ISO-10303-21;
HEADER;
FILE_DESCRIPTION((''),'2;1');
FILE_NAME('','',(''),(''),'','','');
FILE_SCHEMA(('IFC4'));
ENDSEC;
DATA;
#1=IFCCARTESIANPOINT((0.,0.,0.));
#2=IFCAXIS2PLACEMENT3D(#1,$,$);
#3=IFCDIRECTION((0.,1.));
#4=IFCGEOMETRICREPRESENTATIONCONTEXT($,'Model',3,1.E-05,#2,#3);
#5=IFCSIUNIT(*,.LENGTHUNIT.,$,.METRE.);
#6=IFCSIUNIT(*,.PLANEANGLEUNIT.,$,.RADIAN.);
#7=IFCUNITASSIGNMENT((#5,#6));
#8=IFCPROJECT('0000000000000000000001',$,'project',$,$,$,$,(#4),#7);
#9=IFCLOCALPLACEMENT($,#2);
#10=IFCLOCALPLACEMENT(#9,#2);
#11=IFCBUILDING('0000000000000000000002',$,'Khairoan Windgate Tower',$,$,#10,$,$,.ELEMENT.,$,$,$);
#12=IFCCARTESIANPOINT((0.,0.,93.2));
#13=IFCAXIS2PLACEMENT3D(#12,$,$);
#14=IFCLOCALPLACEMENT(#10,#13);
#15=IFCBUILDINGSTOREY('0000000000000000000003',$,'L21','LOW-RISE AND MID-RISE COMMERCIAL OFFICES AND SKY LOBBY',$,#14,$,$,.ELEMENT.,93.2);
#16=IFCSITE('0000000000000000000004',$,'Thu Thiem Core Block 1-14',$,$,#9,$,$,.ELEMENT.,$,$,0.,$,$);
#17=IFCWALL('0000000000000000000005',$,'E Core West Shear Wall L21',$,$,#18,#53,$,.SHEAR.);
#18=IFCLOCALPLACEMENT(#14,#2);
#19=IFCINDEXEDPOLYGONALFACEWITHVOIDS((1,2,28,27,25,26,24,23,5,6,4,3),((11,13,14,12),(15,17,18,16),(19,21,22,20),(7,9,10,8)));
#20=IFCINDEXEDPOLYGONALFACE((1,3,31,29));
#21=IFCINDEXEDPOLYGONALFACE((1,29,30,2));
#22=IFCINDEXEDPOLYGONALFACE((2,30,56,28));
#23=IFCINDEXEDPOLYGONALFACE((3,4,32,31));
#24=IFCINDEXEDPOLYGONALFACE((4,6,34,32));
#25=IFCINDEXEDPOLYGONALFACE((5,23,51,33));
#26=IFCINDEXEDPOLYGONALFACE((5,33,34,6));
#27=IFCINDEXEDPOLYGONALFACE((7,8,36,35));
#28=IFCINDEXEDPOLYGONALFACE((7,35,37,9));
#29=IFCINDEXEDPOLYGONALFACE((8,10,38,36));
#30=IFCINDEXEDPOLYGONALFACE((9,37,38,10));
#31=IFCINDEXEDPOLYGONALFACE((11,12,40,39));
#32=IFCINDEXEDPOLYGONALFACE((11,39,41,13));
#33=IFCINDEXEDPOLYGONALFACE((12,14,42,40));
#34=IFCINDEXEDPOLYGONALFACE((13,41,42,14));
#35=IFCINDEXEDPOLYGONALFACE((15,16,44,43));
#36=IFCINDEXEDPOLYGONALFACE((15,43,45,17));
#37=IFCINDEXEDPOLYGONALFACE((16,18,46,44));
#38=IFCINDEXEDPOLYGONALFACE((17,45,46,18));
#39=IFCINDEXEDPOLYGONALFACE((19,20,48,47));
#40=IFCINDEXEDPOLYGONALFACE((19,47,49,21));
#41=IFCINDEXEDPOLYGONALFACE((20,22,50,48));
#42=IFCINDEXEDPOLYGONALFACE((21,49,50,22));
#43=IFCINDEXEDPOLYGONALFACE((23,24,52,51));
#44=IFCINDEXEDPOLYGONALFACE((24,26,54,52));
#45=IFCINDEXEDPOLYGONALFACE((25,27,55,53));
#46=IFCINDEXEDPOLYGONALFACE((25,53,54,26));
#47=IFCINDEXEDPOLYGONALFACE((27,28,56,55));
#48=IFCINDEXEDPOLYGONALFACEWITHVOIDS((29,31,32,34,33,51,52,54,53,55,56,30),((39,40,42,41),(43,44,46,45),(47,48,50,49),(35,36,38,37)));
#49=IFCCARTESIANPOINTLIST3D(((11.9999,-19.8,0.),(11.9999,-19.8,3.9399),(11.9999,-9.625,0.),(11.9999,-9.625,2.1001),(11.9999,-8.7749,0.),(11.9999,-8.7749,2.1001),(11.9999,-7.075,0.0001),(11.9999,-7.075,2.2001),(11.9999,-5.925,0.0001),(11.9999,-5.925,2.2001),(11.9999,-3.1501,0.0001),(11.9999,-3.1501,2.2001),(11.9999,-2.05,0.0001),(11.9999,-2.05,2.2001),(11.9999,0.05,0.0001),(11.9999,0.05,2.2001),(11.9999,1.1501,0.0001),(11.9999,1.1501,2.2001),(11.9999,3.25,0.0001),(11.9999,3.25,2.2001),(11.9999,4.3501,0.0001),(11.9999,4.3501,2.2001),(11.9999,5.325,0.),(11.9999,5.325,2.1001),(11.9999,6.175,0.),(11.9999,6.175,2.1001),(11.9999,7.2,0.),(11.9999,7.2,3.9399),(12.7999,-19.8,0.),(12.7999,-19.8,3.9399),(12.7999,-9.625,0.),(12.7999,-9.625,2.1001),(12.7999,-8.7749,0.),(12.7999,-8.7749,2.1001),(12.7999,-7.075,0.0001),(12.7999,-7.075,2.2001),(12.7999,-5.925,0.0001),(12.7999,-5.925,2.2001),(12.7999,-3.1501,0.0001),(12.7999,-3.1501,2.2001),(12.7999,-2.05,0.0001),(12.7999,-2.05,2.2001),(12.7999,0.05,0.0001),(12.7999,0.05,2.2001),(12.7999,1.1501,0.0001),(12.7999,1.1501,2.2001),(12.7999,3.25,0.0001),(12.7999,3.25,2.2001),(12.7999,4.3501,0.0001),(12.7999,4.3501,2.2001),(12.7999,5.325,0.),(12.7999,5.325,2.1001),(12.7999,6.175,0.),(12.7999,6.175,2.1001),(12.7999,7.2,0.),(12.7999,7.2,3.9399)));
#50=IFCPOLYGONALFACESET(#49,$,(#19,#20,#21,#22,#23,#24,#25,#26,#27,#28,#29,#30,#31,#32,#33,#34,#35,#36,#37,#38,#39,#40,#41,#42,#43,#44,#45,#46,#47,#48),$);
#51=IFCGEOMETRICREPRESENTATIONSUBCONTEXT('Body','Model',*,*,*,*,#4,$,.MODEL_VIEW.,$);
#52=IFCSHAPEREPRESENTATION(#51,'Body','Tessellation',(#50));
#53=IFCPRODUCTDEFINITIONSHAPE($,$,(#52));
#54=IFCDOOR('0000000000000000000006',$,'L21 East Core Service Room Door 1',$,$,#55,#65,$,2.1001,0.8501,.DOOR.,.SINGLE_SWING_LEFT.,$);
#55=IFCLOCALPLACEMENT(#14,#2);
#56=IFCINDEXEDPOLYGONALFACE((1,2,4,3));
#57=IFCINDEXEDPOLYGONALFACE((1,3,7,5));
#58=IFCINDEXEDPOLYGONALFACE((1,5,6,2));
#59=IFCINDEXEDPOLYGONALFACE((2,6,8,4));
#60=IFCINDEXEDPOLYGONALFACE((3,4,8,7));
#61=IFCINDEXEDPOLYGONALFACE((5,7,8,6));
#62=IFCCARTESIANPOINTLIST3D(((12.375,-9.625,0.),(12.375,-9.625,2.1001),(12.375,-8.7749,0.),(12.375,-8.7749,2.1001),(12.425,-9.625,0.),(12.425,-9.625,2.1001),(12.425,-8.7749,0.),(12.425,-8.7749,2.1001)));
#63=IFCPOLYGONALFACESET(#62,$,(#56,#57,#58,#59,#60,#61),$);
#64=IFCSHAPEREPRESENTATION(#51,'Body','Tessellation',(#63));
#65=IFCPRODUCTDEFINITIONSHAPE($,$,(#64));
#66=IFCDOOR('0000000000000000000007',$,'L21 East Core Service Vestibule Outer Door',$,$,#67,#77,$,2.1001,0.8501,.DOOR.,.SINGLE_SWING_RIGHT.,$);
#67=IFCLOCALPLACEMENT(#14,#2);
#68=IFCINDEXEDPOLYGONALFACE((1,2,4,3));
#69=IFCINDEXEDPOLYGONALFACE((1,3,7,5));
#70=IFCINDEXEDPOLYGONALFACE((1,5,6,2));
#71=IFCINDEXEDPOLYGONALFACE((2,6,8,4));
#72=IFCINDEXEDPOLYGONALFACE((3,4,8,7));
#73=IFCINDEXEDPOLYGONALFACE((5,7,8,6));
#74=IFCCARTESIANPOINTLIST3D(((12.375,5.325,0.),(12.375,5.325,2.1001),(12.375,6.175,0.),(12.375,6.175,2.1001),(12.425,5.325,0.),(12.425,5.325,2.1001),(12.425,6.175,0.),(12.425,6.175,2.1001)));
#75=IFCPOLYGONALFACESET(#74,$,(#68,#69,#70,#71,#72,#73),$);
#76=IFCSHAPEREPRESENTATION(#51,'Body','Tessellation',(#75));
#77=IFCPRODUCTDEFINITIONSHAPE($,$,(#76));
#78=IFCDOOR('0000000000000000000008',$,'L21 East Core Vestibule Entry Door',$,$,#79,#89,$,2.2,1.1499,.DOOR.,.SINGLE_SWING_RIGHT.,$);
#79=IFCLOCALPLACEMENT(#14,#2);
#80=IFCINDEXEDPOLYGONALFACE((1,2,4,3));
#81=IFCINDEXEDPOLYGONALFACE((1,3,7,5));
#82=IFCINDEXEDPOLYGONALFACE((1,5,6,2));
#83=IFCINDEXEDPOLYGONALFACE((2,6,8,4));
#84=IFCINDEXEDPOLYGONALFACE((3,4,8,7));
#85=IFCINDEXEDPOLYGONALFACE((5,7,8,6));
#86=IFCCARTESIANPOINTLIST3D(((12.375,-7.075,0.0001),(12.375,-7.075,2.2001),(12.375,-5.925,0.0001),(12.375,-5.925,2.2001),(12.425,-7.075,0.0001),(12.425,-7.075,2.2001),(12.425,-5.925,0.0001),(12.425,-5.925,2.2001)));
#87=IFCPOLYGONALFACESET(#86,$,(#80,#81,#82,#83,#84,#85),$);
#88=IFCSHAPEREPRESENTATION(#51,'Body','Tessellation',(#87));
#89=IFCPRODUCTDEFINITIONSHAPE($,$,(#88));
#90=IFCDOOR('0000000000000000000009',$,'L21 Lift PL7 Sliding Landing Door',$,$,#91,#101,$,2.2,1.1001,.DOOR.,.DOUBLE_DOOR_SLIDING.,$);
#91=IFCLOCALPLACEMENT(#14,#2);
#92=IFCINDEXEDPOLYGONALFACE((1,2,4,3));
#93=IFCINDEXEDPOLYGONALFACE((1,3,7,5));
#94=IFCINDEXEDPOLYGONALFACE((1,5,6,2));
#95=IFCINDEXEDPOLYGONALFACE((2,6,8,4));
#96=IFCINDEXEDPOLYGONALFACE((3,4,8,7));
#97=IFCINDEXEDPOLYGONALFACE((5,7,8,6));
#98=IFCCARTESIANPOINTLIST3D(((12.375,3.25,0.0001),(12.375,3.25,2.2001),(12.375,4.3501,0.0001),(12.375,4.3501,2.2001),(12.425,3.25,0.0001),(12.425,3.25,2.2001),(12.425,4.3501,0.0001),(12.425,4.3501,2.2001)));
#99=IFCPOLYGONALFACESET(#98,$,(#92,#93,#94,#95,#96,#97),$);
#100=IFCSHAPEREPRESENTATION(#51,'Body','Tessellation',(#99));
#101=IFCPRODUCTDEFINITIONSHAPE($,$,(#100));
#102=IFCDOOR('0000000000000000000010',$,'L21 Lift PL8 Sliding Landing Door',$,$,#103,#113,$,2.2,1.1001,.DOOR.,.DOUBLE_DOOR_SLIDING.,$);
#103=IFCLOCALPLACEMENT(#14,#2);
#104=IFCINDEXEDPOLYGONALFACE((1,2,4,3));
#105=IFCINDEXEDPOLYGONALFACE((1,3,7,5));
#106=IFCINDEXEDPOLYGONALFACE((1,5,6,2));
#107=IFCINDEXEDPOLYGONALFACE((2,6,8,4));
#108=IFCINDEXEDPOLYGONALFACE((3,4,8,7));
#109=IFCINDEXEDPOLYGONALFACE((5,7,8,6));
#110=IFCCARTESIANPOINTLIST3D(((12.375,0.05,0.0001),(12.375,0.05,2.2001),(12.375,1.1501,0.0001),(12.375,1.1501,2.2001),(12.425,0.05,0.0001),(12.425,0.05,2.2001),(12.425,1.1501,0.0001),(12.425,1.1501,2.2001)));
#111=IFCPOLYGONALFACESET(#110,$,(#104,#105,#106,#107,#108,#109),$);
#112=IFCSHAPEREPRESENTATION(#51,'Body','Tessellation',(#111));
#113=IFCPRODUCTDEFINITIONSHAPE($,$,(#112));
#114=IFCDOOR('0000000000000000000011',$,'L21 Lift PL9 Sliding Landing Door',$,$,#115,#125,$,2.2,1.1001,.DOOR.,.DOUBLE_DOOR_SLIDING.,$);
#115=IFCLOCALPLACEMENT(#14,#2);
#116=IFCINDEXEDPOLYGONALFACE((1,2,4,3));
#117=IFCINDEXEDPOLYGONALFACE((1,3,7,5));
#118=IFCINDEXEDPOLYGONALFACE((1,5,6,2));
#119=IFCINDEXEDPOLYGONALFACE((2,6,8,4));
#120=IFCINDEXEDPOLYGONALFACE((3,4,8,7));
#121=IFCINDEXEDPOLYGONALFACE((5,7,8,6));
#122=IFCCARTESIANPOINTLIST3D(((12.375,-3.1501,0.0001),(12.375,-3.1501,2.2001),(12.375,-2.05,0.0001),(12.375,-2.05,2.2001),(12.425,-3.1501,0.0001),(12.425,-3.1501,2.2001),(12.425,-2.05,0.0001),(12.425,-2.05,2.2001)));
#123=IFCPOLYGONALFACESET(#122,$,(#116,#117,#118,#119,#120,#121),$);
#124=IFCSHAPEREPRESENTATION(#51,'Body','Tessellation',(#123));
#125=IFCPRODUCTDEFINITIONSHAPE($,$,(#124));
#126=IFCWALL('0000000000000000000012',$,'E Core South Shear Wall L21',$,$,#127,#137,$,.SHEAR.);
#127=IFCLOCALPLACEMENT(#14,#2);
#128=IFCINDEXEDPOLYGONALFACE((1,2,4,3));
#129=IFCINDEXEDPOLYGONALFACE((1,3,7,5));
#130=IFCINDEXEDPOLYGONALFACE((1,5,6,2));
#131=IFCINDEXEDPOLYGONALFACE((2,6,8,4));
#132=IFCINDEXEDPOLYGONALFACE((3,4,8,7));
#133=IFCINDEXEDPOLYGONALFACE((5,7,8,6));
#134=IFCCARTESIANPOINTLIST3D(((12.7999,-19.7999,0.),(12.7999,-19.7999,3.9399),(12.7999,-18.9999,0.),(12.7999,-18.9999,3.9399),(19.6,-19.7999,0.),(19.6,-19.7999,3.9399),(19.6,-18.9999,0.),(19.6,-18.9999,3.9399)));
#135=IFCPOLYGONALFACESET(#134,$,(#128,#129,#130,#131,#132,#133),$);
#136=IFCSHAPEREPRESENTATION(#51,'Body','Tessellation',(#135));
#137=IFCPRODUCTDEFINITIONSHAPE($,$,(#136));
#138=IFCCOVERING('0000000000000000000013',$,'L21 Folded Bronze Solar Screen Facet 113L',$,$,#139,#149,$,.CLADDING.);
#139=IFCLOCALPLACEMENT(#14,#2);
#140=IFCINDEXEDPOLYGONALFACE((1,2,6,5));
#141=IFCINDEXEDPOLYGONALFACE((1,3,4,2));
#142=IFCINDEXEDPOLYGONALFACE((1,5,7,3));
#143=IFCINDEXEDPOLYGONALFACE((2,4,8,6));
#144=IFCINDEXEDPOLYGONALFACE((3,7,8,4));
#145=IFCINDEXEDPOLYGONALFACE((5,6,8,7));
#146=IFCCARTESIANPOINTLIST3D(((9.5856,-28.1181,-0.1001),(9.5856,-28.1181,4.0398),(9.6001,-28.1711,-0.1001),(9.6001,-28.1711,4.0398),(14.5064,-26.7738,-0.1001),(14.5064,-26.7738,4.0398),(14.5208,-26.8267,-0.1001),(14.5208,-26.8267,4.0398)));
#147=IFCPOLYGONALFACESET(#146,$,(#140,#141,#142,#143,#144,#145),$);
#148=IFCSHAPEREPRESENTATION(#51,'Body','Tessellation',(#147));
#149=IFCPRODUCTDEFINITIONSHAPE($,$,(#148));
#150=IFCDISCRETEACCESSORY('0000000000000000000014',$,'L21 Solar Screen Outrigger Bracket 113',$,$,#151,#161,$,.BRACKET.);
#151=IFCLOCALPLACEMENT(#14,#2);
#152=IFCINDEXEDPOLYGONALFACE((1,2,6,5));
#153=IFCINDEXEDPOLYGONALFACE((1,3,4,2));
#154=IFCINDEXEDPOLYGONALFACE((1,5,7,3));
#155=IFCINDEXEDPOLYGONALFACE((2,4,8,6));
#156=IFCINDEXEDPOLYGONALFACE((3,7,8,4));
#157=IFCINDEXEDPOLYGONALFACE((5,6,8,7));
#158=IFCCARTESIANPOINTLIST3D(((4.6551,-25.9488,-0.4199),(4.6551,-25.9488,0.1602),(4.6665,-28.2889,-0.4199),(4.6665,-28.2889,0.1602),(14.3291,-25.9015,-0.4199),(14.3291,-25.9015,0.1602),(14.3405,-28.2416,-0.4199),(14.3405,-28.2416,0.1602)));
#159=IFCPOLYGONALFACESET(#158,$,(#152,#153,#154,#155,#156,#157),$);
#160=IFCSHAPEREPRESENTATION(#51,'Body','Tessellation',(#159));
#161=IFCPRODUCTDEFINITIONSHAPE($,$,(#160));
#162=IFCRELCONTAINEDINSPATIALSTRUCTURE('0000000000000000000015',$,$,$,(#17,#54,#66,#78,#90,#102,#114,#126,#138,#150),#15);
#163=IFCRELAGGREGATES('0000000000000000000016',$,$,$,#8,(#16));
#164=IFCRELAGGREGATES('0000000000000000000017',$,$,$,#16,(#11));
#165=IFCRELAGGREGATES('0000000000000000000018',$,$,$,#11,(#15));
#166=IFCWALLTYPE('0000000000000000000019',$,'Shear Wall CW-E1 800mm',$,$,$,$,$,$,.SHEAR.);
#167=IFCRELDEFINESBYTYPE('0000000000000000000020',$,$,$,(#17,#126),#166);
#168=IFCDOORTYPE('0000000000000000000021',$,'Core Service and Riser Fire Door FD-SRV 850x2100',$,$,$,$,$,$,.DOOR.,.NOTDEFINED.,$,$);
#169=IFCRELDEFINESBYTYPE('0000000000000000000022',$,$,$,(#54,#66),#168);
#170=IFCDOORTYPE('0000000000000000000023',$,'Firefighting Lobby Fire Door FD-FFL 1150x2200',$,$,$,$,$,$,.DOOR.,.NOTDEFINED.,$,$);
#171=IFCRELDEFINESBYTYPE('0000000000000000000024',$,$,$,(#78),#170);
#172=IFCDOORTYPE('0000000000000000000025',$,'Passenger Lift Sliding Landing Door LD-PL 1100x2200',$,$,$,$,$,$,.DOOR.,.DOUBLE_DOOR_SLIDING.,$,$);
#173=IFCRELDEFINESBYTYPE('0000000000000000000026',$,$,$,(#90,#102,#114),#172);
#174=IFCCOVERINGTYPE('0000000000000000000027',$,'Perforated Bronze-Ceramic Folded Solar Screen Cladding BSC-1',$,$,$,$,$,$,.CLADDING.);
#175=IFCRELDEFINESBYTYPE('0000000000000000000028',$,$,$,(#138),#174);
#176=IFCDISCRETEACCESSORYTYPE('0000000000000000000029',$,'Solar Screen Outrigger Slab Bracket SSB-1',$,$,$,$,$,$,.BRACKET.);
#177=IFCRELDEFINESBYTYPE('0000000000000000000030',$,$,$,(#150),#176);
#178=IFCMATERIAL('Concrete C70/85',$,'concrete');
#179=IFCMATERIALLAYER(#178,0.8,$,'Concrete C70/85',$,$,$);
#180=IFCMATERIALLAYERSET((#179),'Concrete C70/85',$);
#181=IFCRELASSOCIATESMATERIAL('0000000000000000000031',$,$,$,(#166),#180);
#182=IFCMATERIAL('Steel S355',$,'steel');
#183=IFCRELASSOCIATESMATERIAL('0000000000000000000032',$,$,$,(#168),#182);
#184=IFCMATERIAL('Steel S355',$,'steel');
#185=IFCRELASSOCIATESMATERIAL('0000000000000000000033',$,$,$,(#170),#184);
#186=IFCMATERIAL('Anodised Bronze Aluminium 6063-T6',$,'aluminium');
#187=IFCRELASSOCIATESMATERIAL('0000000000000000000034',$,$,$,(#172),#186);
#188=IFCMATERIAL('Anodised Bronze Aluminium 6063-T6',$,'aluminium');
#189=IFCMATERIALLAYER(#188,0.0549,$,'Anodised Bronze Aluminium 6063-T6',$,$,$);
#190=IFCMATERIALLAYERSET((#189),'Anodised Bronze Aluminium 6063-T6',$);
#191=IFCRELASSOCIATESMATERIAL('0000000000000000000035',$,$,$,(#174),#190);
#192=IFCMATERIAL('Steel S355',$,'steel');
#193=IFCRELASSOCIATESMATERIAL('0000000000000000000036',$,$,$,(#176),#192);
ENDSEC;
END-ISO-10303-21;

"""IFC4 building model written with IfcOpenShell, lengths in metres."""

from ifc_helpers import new_model, si_unit, direction, frame, frame_2d, origin, origin_2d, place, context, subcontext, project, spatial, rectangle, extrude, material, layer, layer_set, type_object, element, fill, save


model = new_model("IFC4")

# Units and contexts
model_context = context("Model", 3, precision=1e-05, world=origin(), true_north=direction((0.0, 1.0)))
body_context = subcontext(model_context, "Body", "Model", "MODEL_VIEW")
ifc_project = project(units=[si_unit("LENGTHUNIT", "METRE"), si_unit("PLANEANGLEUNIT", "RADIAN")], contexts=[model_context])

# Site, building, storey
site_placement = place(None, origin())
site = spatial("IfcSite", under=ifc_project, at=site_placement, Name="Thu Thiem Core Block 1-14", CompositionType="ELEMENT", RefElevation=0.0)
building_placement = place(site_placement, origin())
building = spatial("IfcBuilding", under=site, at=building_placement, Name="Khairoan Windgate Tower", CompositionType="ELEMENT")
storey_placement = place(building_placement, frame((0.0, 0.0, 93.2)))
storey = spatial("IfcBuildingStorey", under=building, at=storey_placement, Name="L21", Description="LOW-RISE AND MID-RISE COMMERCIAL OFFICES AND SKY LOBBY", CompositionType="ELEMENT", Elevation=93.2)

# Wall, openings, doors
ifc_material_1 = material(Name="Concrete C70/85", Category="concrete")
ifc_layer_1 = layer(ifc_material_1, 0.8, Name="Concrete C70/85")
ifc_layer_set_1 = layer_set([ifc_layer_1], Name="Concrete C70/85")
wall_type_1 = type_object("IfcWallType", Name="Shear Wall CW-E1 800mm", PredefinedType="SHEAR", material=ifc_layer_set_1)
wall_1_placement = place(storey_placement, frame((12.3999, -19.8, 0.0), z_axis=(0.0, 0.0, 1.0), x_axis=(0.0, 1.0, 0.0)))
wall_1 = element("IfcWall", 1, at=wall_1_placement, inside=storey, type_object=wall_type_1, Name="E Core West Shear Wall L21", PredefinedType="SHEAR", context=body_context, shape_type="SweptSolid", body=[
    extrude(rectangle(XDim=27.0, YDim=0.8, at=frame_2d((13.5, 0.0))), origin(), (0.0, 0.0, 1.0), 3.9399),
])
opening_1_placement = place(wall_1_placement, frame((23.05, 0.0, 0.0)))
opening_1 = element("IfcOpeningElement", 2, at=opening_1_placement, cuts=wall_1, PredefinedType="OPENING", context=body_context, shape_type="SweptSolid", body=[
    extrude(rectangle(XDim=1.1001, YDim=2.2, at=frame_2d((0.55, 1.1001))), frame((0.0, 0.4099, 0.0), z_axis=(0.0, -1.0, 0.0), x_axis=(1.0, 0.0, 0.0)), (0.0, 0.0, 1.0), 0.8201),
])
opening_2_placement = place(wall_1_placement, frame((19.8501, 0.0, 0.0)))
opening_2 = element("IfcOpeningElement", 3, at=opening_2_placement, cuts=wall_1, PredefinedType="OPENING", context=body_context, shape_type="SweptSolid", body=[
    extrude(rectangle(XDim=1.1001, YDim=2.2, at=frame_2d((0.55, 1.1001))), frame((0.0, 0.4099, 0.0), z_axis=(0.0, -1.0, 0.0), x_axis=(1.0, 0.0, 0.0)), (0.0, 0.0, 1.0), 0.8201),
])
opening_3_placement = place(wall_1_placement, frame((16.6499, 0.0, 0.0)))
opening_3 = element("IfcOpeningElement", 4, at=opening_3_placement, cuts=wall_1, PredefinedType="OPENING", context=body_context, shape_type="SweptSolid", body=[
    extrude(rectangle(XDim=1.1001, YDim=2.2, at=frame_2d((0.55, 1.1001))), frame((0.0, 0.4099, 0.0), z_axis=(0.0, -1.0, 0.0), x_axis=(1.0, 0.0, 0.0)), (0.0, 0.0, 1.0), 0.8201),
])
opening_4_placement = place(wall_1_placement, frame((10.175, 0.0, 0.0)))
opening_4 = element("IfcOpeningElement", 5, at=opening_4_placement, cuts=wall_1, PredefinedType="OPENING", context=body_context, shape_type="SweptSolid", body=[
    extrude(rectangle(XDim=0.8501, YDim=2.1001, at=frame_2d((0.425, 1.05))), frame((0.0, 0.4099, 0.0), z_axis=(0.0, -1.0, 0.0), x_axis=(1.0, 0.0, 0.0)), (0.0, 0.0, 1.0), 0.8201),
])
opening_5_placement = place(wall_1_placement, frame((12.7251, 0.0, 0.0)))
opening_5 = element("IfcOpeningElement", 6, at=opening_5_placement, cuts=wall_1, PredefinedType="OPENING", context=body_context, shape_type="SweptSolid", body=[
    extrude(rectangle(XDim=1.1499, YDim=2.2, at=frame_2d((0.575, 1.1001))), frame((0.0, 0.4099, 0.0), z_axis=(0.0, -1.0, 0.0), x_axis=(1.0, 0.0, 0.0)), (0.0, 0.0, 1.0), 0.8201),
])
opening_6_placement = place(wall_1_placement, frame((25.125, 0.0, 0.0)))
opening_6 = element("IfcOpeningElement", 7, at=opening_6_placement, cuts=wall_1, PredefinedType="OPENING", context=body_context, shape_type="SweptSolid", body=[
    extrude(rectangle(XDim=0.8501, YDim=2.1001, at=frame_2d((0.425, 1.05))), frame((0.0, 0.4099, 0.0), z_axis=(0.0, -1.0, 0.0), x_axis=(1.0, 0.0, 0.0)), (0.0, 0.0, 1.0), 0.8201),
])
ifc_material_2 = material(Name="Steel S355", Category="steel")
door_type_1 = type_object("IfcDoorType", Name="Core Service and Riser Fire Door FD-SRV 850x2100", OperationType="NOTDEFINED", PredefinedType="DOOR", material=ifc_material_2)
door_1_placement = place(opening_4_placement, origin())
door_1 = element("IfcDoor", 8, at=door_1_placement, inside=storey, type_object=door_type_1, Name="L21 East Core Service Room Door 1", OperationType="SINGLE_SWING_LEFT", OverallHeight=2.1001, OverallWidth=0.8501, PredefinedType="DOOR", context=body_context, shape_type="SweptSolid", body=[
    extrude(rectangle(XDim=0.8501, YDim=2.1001, at=frame_2d((0.425, 1.05))), frame((0.0, 0.0249, 0.0), z_axis=(0.0, -1.0, 0.0), x_axis=(1.0, 0.0, 0.0)), (0.0, 0.0, 1.0), 0.05),
])
fill(opening_4, door_1)
door_2_placement = place(opening_6_placement, origin())
door_2 = element("IfcDoor", 9, at=door_2_placement, inside=storey, type_object=door_type_1, Name="L21 East Core Service Vestibule Outer Door", OperationType="SINGLE_SWING_RIGHT", OverallHeight=2.1001, OverallWidth=0.8501, PredefinedType="DOOR", context=body_context, shape_type="SweptSolid", body=[
    extrude(rectangle(XDim=0.8501, YDim=2.1001, at=frame_2d((0.425, 1.05))), frame((0.0, 0.0249, 0.0), z_axis=(0.0, -1.0, 0.0), x_axis=(1.0, 0.0, 0.0)), (0.0, 0.0, 1.0), 0.05),
])
fill(opening_6, door_2)
ifc_material_3 = material(Name="Steel S355", Category="steel")
door_type_2 = type_object("IfcDoorType", Name="Firefighting Lobby Fire Door FD-FFL 1150x2200", OperationType="NOTDEFINED", PredefinedType="DOOR", material=ifc_material_3)
door_3_placement = place(opening_5_placement, origin())
door_3 = element("IfcDoor", 10, at=door_3_placement, inside=storey, type_object=door_type_2, Name="L21 East Core Vestibule Entry Door", OperationType="SINGLE_SWING_RIGHT", OverallHeight=2.2, OverallWidth=1.1499, PredefinedType="DOOR", context=body_context, shape_type="SweptSolid", body=[
    extrude(rectangle(XDim=1.1499, YDim=2.2, at=frame_2d((0.575, 1.1001))), frame((0.0, 0.0249, 0.0), z_axis=(0.0, -1.0, 0.0), x_axis=(1.0, 0.0, 0.0)), (0.0, 0.0, 1.0), 0.05),
])
fill(opening_5, door_3)
ifc_material_4 = material(Name="Anodised Bronze Aluminium 6063-T6", Category="aluminium")
door_type_3 = type_object("IfcDoorType", Name="Passenger Lift Sliding Landing Door LD-PL 1100x2200", OperationType="DOUBLE_DOOR_SLIDING", PredefinedType="DOOR", material=ifc_material_4)
door_4_placement = place(opening_1_placement, origin())
door_4 = element("IfcDoor", 11, at=door_4_placement, inside=storey, type_object=door_type_3, Name="L21 Lift PL7 Sliding Landing Door", OperationType="DOUBLE_DOOR_SLIDING", OverallHeight=2.2, OverallWidth=1.1001, PredefinedType="DOOR", context=body_context, shape_type="SweptSolid", body=[
    extrude(rectangle(XDim=1.1001, YDim=2.2, at=frame_2d((0.55, 1.1001))), frame((0.0, 0.0249, 0.0), z_axis=(0.0, -1.0, 0.0), x_axis=(1.0, 0.0, 0.0)), (0.0, 0.0, 1.0), 0.05),
])
fill(opening_1, door_4)
door_5_placement = place(opening_2_placement, origin())
door_5 = element("IfcDoor", 12, at=door_5_placement, inside=storey, type_object=door_type_3, Name="L21 Lift PL8 Sliding Landing Door", OperationType="DOUBLE_DOOR_SLIDING", OverallHeight=2.2, OverallWidth=1.1001, PredefinedType="DOOR", context=body_context, shape_type="SweptSolid", body=[
    extrude(rectangle(XDim=1.1001, YDim=2.2, at=frame_2d((0.55, 1.1001))), frame((0.0, 0.0249, 0.0), z_axis=(0.0, -1.0, 0.0), x_axis=(1.0, 0.0, 0.0)), (0.0, 0.0, 1.0), 0.05),
])
fill(opening_2, door_5)
door_6_placement = place(opening_3_placement, origin())
door_6 = element("IfcDoor", 13, at=door_6_placement, inside=storey, type_object=door_type_3, Name="L21 Lift PL9 Sliding Landing Door", OperationType="DOUBLE_DOOR_SLIDING", OverallHeight=2.2, OverallWidth=1.1001, PredefinedType="DOOR", context=body_context, shape_type="SweptSolid", body=[
    extrude(rectangle(XDim=1.1001, YDim=2.2, at=frame_2d((0.55, 1.1001))), frame((0.0, 0.0249, 0.0), z_axis=(0.0, -1.0, 0.0), x_axis=(1.0, 0.0, 0.0)), (0.0, 0.0, 1.0), 0.05),
])
fill(opening_3, door_6)

# Wall
wall_2_placement = place(storey_placement, frame((12.8, -19.3999, 0.0), z_axis=(0.0, 0.0, 1.0), x_axis=(1.0, 0.0, 0.0)))
element("IfcWall", 14, at=wall_2_placement, inside=storey, type_object=wall_type_1, Name="E Core South Shear Wall L21", PredefinedType="SHEAR", context=body_context, shape_type="SweptSolid", body=[
    extrude(rectangle(XDim=6.8, YDim=0.8, at=frame_2d((3.3999, 0.0))), origin(), (0.0, 0.0, 1.0), 3.9399),
])

# Covering
ifc_material_5 = material(Name="Anodised Bronze Aluminium 6063-T6", Category="aluminium")
ifc_layer_2 = layer(ifc_material_5, 0.0549, Name="Anodised Bronze Aluminium 6063-T6")
ifc_layer_set_2 = layer_set([ifc_layer_2], Name="Anodised Bronze Aluminium 6063-T6")
covering_type = type_object("IfcCoveringType", Name="Perforated Bronze-Ceramic Folded Solar Screen Cladding BSC-1", PredefinedType="CLADDING", material=ifc_layer_set_2)
covering_placement = place(storey_placement, frame((12.0532, -27.4724, -0.1001), z_axis=(0.0, 0.0, 1.0), x_axis=(-0.964649, -0.263536, 0.0)))
element("IfcCovering", 15, at=covering_placement, inside=storey, type_object=covering_type, Name="L21 Folded Bronze Solar Screen Facet 113L", PredefinedType="CLADDING", context=body_context, shape_type="SweptSolid", body=[
    extrude(rectangle(XDim=5.1011, YDim=0.0549, at=origin_2d()), origin(), (0.0, 0.0, 1.0), 4.1399),
])

# Discrete accessory
ifc_material_6 = material(Name="Steel S355", Category="steel")
discrete_accessory_type = type_object("IfcDiscreteAccessoryType", Name="Solar Screen Outrigger Slab Bracket SSB-1", PredefinedType="BRACKET", material=ifc_material_6)
discrete_accessory_placement = place(storey_placement, frame((9.4978, -27.0952, -0.4199), z_axis=(0.0, 0.0, 1.0), x_axis=(-0.999988, -0.004887, 0.0)))
element("IfcDiscreteAccessory", 16, at=discrete_accessory_placement, inside=storey, type_object=discrete_accessory_type, Name="L21 Solar Screen Outrigger Bracket 113", PredefinedType="BRACKET", context=body_context, shape_type="SweptSolid", body=[
    extrude(rectangle(XDim=9.6741, YDim=2.3401, at=origin_2d()), origin(), (0.0, 0.0, 1.0), 0.5801),
])

save(model, "model.ifc")
